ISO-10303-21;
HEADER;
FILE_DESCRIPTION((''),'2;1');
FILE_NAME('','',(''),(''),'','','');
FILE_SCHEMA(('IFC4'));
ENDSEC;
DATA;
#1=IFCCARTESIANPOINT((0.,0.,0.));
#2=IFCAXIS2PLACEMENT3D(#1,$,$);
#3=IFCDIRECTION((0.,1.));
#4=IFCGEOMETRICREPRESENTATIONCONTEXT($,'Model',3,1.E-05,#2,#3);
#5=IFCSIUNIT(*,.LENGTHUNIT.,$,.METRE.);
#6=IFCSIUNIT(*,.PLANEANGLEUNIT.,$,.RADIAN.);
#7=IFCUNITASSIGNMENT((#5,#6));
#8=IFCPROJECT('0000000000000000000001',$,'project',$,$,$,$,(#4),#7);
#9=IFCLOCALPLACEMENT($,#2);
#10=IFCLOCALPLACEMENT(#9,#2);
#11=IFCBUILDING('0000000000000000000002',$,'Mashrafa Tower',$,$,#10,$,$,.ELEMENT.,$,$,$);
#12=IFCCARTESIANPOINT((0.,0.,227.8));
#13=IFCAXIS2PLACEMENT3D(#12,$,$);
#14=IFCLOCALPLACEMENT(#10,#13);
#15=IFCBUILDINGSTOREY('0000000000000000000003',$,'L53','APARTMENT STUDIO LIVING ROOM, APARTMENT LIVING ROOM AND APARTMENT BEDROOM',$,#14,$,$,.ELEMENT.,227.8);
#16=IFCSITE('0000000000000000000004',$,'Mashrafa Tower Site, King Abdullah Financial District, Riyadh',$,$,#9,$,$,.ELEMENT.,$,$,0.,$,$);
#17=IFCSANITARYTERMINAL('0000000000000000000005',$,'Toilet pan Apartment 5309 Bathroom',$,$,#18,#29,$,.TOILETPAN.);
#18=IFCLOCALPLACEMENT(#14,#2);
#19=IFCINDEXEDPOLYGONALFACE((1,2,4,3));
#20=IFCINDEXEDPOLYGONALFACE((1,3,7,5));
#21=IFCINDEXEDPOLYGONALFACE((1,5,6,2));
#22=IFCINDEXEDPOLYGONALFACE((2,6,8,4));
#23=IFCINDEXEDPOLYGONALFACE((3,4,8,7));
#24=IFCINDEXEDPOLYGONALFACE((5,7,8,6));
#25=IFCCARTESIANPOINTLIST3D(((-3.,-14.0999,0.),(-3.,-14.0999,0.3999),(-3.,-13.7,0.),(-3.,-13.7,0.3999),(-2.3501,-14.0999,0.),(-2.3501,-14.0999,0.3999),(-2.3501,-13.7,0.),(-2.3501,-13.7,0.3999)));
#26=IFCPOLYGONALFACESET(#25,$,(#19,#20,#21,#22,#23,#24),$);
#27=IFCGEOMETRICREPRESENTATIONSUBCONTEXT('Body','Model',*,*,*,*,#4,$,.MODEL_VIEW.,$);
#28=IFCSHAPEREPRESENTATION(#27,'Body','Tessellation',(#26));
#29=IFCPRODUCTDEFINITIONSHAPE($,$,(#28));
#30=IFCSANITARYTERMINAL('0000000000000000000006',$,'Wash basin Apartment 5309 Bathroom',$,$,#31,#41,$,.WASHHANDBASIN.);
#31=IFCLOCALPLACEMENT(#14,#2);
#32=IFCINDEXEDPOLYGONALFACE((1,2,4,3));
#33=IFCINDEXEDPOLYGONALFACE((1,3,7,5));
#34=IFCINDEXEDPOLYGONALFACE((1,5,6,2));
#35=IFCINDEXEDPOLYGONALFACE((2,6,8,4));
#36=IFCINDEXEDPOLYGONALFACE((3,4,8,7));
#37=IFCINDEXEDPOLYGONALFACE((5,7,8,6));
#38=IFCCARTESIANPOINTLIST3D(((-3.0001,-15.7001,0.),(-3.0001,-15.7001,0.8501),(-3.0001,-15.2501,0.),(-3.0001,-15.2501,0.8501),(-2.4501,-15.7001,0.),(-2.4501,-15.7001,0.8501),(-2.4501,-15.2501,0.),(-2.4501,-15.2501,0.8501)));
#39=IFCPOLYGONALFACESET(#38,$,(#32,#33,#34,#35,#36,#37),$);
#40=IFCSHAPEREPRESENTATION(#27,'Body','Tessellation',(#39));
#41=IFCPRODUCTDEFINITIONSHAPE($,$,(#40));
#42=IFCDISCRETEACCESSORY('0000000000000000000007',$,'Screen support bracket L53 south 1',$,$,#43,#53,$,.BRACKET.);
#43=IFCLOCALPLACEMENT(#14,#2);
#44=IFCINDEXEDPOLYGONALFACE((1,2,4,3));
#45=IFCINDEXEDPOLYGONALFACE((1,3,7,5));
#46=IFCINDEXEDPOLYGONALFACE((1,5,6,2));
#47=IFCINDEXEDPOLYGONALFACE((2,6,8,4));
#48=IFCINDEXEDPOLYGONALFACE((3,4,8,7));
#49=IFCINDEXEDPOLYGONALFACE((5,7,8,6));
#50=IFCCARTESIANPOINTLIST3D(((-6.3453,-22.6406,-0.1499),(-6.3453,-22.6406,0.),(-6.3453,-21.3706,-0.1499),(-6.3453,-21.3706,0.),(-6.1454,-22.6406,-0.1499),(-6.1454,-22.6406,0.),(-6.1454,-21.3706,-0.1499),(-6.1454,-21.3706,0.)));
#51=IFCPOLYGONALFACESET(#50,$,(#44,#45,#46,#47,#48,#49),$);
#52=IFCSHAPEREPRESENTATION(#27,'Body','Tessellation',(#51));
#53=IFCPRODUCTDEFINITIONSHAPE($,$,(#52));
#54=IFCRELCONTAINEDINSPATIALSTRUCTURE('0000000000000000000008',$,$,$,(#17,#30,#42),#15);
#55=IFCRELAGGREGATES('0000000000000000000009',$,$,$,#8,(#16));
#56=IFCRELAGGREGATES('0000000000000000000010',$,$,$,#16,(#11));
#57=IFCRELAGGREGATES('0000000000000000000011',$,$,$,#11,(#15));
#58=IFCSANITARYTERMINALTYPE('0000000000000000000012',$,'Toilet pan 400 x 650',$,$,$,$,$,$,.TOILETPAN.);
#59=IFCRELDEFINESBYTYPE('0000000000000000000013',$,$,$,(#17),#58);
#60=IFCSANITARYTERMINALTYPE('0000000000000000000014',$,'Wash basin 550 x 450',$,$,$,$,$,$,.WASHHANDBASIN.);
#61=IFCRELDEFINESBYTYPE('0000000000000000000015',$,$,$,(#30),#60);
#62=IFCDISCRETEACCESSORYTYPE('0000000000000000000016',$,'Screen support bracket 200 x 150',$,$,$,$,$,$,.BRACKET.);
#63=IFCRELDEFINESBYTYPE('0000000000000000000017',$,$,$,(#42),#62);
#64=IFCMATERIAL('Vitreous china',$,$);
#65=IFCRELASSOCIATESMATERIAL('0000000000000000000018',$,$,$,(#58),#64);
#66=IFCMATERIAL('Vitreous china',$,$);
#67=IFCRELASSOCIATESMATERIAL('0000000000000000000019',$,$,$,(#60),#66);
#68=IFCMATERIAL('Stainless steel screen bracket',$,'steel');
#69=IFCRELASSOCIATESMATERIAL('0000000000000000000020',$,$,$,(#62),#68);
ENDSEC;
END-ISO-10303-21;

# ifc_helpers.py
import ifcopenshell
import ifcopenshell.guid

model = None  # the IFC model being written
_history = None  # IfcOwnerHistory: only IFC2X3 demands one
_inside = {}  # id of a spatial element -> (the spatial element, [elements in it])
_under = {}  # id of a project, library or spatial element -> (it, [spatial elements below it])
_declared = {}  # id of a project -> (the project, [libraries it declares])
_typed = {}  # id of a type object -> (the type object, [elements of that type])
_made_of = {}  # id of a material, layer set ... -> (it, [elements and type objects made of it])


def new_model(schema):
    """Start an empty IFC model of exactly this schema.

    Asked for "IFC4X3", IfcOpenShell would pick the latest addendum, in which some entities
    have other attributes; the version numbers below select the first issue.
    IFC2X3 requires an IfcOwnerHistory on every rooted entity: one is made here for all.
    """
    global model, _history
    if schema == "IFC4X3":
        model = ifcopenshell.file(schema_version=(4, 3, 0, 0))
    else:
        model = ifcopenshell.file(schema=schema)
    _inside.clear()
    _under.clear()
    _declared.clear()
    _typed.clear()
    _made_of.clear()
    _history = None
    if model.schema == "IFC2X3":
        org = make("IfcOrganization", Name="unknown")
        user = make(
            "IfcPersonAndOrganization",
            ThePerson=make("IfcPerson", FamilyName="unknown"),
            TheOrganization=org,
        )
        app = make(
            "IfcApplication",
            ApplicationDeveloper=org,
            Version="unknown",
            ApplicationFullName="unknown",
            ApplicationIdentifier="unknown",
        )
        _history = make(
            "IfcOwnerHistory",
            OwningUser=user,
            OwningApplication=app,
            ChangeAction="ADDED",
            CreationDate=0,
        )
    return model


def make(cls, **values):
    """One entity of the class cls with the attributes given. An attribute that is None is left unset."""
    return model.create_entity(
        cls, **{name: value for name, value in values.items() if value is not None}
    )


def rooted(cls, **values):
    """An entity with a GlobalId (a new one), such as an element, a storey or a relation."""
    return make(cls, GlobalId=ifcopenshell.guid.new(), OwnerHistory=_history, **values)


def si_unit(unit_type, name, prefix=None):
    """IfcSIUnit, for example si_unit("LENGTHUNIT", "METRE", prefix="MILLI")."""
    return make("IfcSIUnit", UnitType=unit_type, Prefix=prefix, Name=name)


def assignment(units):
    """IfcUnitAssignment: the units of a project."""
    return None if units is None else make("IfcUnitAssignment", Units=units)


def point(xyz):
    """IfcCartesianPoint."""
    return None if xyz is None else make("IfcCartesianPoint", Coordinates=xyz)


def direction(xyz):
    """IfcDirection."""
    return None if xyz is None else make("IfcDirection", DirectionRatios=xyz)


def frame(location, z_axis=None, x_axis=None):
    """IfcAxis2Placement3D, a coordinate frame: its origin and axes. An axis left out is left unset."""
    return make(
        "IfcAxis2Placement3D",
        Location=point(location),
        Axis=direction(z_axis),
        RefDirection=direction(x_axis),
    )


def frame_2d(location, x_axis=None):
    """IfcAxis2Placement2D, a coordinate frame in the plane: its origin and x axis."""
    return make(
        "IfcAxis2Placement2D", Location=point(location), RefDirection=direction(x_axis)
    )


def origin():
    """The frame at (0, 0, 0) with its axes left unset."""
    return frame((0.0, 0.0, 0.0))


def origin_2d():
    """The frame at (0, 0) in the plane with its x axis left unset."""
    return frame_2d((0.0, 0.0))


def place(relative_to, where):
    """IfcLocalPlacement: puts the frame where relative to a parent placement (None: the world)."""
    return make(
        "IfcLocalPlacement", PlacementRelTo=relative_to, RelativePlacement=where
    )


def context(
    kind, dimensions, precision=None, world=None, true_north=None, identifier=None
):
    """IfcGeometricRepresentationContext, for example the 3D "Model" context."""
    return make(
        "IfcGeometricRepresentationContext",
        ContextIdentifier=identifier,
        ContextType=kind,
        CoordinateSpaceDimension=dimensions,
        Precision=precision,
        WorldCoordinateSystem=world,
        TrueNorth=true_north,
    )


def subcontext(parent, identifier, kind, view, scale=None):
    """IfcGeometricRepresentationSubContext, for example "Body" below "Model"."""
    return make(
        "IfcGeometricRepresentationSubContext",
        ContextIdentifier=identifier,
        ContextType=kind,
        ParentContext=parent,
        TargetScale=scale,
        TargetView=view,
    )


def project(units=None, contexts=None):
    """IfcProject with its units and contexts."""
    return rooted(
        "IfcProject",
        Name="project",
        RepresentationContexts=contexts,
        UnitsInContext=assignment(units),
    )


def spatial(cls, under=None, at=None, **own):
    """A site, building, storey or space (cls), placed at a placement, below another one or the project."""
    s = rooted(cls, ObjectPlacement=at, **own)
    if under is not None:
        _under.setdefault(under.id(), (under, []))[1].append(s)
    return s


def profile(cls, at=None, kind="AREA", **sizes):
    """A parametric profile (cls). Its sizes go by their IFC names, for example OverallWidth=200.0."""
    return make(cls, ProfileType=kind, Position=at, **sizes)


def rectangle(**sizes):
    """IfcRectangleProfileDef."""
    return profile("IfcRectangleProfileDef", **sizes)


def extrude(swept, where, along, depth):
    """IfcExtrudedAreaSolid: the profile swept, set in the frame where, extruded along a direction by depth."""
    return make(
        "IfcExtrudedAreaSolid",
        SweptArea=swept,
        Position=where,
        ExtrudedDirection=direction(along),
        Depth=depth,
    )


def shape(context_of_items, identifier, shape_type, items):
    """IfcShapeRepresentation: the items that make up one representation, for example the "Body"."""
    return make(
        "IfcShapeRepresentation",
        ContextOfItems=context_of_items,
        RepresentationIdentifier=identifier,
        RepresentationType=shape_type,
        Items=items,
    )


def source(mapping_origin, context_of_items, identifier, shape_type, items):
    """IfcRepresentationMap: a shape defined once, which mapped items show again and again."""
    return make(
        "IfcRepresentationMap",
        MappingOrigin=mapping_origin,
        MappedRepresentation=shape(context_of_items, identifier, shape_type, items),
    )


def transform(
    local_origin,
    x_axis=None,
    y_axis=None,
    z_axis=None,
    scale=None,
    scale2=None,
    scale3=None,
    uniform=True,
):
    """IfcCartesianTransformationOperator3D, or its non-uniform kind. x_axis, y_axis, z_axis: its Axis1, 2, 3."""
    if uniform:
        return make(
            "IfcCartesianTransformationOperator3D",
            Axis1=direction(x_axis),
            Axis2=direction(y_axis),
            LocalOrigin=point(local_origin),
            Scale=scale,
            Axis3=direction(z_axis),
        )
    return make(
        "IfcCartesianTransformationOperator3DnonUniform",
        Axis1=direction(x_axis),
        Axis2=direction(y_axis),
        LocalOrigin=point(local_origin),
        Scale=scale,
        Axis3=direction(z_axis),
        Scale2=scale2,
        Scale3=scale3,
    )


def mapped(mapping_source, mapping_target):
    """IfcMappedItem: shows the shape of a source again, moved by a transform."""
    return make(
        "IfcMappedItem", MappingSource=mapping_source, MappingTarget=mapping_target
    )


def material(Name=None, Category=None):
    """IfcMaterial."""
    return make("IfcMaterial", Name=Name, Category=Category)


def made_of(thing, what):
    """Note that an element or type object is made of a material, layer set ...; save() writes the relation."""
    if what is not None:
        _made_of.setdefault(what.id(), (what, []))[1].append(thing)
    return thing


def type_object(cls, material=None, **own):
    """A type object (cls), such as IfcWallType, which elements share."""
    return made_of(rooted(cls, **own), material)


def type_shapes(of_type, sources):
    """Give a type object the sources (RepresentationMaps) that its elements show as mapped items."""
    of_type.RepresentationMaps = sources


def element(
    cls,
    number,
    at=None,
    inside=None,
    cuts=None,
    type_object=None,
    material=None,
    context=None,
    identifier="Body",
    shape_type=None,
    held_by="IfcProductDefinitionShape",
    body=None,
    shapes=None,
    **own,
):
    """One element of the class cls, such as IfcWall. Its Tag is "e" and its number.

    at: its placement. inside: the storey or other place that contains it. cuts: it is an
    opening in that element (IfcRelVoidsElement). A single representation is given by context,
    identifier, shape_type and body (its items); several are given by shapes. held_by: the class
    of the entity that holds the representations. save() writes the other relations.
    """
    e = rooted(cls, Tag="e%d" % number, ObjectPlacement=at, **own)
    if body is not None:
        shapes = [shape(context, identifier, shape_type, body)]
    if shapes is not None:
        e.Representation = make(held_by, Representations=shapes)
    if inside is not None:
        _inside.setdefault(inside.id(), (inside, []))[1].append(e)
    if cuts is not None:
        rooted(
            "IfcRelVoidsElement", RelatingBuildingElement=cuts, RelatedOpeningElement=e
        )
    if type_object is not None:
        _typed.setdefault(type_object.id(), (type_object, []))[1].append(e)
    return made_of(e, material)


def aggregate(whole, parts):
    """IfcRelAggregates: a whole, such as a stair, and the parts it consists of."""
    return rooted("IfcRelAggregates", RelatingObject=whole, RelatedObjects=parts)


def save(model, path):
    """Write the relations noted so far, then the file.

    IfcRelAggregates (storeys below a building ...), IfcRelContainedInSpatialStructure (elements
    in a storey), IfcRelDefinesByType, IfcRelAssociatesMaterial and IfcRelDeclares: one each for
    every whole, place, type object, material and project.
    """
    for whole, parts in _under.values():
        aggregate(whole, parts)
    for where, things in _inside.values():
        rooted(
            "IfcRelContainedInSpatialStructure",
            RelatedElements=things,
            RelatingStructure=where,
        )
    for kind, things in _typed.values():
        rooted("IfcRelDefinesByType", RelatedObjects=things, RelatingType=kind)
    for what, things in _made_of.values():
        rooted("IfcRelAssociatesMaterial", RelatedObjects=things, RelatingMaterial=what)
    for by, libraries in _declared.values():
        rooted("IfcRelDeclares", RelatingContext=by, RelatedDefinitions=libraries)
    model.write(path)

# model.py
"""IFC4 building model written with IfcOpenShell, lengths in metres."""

from ifc_helpers import new_model, si_unit, direction, frame, origin, origin_2d, place, context, subcontext, project, spatial, rectangle, extrude, source, transform, mapped, material, type_object, type_shapes, element, save


model = new_model("IFC4")

# Units and contexts
model_context = context("Model", 3, precision=1e-05, world=origin(), true_north=direction((0.0, 1.0)))
body_context = subcontext(model_context, "Body", "Model", "MODEL_VIEW")
ifc_project = project(units=[si_unit("LENGTHUNIT", "METRE"), si_unit("PLANEANGLEUNIT", "RADIAN")], contexts=[model_context])

# Site, building, storey
site_placement = place(None, origin())
site = spatial("IfcSite", under=ifc_project, at=site_placement, Name="Mashrafa Tower Site, King Abdullah Financial District, Riyadh", CompositionType="ELEMENT", RefElevation=0.0)
building_placement = place(site_placement, origin())
building = spatial("IfcBuilding", under=site, at=building_placement, Name="Mashrafa Tower", CompositionType="ELEMENT")
storey_placement = place(building_placement, frame((0.0, 0.0, 227.8)))
storey = spatial("IfcBuildingStorey", under=building, at=storey_placement, Name="L53", Description="APARTMENT STUDIO LIVING ROOM, APARTMENT LIVING ROOM AND APARTMENT BEDROOM", CompositionType="ELEMENT", Elevation=227.8)

# Sanitary terminals
ifc_material_1 = material(Name="Vitreous china")
sanitary_terminal_type_1 = type_object("IfcSanitaryTerminalType", Name="Toilet pan 400 x 650", PredefinedType="TOILETPAN", material=ifc_material_1)
sanitary_terminal_1_placement = place(storey_placement, frame((-2.675, -13.8999, 0.0), z_axis=(0.0, 0.0, 1.0), x_axis=(0.0, -1.0, 0.0)))
element("IfcSanitaryTerminal", 1, at=sanitary_terminal_1_placement, inside=storey, type_object=sanitary_terminal_type_1, Name="Toilet pan Apartment 5309 Bathroom", PredefinedType="TOILETPAN", context=body_context, shape_type="SweptSolid", body=[
    extrude(rectangle(XDim=0.3999, YDim=0.6499, at=origin_2d()), origin(), (0.0, 0.0, 1.0), 0.3999),
])
ifc_material_2 = material(Name="Vitreous china")
sanitary_terminal_type_2 = type_object("IfcSanitaryTerminalType", Name="Wash basin 550 x 450", PredefinedType="WASHHANDBASIN", material=ifc_material_2)
sanitary_terminal_2_placement = place(storey_placement, frame((-2.7251, -15.4751, 0.0), z_axis=(0.0, 0.0, 1.0), x_axis=(1.0, 0.0, 0.0)))
element("IfcSanitaryTerminal", 2, at=sanitary_terminal_2_placement, inside=storey, type_object=sanitary_terminal_type_2, Name="Wash basin Apartment 5309 Bathroom", PredefinedType="WASHHANDBASIN", context=body_context, shape_type="SweptSolid", body=[
    extrude(rectangle(XDim=0.55, YDim=0.45, at=origin_2d()), origin(), (0.0, 0.0, 1.0), 0.8501),
])

# Discrete accessory
ifc_material_3 = material(Name="Stainless steel screen bracket", Category="steel")
discrete_accessory_type = type_object("IfcDiscreteAccessoryType", Name="Screen support bracket 200 x 150", PredefinedType="BRACKET", material=ifc_material_3)
shared_shape_1 = source(origin(), body_context, "Body", "SweptSolid", [
    extrude(rectangle(XDim=0.2, YDim=1.27, at=origin_2d()), origin(), (0.0, 0.0, 1.0), 0.1499),
])
type_shapes(discrete_accessory_type, [shared_shape_1])
discrete_accessory_placement = place(storey_placement, frame((-6.2454, -22.0056, -0.1499), z_axis=(0.0, 0.0, 1.0), x_axis=(1.0, 0.0, 0.0)))
element("IfcDiscreteAccessory", 3, at=discrete_accessory_placement, inside=storey, type_object=discrete_accessory_type, Name="Screen support bracket L53 south 1", PredefinedType="BRACKET", context=body_context, shape_type="MappedRepresentation", body=[
    mapped(shared_shape_1, transform((0.0, 0.0, 0.0))),
])

save(model, "model.ifc")
